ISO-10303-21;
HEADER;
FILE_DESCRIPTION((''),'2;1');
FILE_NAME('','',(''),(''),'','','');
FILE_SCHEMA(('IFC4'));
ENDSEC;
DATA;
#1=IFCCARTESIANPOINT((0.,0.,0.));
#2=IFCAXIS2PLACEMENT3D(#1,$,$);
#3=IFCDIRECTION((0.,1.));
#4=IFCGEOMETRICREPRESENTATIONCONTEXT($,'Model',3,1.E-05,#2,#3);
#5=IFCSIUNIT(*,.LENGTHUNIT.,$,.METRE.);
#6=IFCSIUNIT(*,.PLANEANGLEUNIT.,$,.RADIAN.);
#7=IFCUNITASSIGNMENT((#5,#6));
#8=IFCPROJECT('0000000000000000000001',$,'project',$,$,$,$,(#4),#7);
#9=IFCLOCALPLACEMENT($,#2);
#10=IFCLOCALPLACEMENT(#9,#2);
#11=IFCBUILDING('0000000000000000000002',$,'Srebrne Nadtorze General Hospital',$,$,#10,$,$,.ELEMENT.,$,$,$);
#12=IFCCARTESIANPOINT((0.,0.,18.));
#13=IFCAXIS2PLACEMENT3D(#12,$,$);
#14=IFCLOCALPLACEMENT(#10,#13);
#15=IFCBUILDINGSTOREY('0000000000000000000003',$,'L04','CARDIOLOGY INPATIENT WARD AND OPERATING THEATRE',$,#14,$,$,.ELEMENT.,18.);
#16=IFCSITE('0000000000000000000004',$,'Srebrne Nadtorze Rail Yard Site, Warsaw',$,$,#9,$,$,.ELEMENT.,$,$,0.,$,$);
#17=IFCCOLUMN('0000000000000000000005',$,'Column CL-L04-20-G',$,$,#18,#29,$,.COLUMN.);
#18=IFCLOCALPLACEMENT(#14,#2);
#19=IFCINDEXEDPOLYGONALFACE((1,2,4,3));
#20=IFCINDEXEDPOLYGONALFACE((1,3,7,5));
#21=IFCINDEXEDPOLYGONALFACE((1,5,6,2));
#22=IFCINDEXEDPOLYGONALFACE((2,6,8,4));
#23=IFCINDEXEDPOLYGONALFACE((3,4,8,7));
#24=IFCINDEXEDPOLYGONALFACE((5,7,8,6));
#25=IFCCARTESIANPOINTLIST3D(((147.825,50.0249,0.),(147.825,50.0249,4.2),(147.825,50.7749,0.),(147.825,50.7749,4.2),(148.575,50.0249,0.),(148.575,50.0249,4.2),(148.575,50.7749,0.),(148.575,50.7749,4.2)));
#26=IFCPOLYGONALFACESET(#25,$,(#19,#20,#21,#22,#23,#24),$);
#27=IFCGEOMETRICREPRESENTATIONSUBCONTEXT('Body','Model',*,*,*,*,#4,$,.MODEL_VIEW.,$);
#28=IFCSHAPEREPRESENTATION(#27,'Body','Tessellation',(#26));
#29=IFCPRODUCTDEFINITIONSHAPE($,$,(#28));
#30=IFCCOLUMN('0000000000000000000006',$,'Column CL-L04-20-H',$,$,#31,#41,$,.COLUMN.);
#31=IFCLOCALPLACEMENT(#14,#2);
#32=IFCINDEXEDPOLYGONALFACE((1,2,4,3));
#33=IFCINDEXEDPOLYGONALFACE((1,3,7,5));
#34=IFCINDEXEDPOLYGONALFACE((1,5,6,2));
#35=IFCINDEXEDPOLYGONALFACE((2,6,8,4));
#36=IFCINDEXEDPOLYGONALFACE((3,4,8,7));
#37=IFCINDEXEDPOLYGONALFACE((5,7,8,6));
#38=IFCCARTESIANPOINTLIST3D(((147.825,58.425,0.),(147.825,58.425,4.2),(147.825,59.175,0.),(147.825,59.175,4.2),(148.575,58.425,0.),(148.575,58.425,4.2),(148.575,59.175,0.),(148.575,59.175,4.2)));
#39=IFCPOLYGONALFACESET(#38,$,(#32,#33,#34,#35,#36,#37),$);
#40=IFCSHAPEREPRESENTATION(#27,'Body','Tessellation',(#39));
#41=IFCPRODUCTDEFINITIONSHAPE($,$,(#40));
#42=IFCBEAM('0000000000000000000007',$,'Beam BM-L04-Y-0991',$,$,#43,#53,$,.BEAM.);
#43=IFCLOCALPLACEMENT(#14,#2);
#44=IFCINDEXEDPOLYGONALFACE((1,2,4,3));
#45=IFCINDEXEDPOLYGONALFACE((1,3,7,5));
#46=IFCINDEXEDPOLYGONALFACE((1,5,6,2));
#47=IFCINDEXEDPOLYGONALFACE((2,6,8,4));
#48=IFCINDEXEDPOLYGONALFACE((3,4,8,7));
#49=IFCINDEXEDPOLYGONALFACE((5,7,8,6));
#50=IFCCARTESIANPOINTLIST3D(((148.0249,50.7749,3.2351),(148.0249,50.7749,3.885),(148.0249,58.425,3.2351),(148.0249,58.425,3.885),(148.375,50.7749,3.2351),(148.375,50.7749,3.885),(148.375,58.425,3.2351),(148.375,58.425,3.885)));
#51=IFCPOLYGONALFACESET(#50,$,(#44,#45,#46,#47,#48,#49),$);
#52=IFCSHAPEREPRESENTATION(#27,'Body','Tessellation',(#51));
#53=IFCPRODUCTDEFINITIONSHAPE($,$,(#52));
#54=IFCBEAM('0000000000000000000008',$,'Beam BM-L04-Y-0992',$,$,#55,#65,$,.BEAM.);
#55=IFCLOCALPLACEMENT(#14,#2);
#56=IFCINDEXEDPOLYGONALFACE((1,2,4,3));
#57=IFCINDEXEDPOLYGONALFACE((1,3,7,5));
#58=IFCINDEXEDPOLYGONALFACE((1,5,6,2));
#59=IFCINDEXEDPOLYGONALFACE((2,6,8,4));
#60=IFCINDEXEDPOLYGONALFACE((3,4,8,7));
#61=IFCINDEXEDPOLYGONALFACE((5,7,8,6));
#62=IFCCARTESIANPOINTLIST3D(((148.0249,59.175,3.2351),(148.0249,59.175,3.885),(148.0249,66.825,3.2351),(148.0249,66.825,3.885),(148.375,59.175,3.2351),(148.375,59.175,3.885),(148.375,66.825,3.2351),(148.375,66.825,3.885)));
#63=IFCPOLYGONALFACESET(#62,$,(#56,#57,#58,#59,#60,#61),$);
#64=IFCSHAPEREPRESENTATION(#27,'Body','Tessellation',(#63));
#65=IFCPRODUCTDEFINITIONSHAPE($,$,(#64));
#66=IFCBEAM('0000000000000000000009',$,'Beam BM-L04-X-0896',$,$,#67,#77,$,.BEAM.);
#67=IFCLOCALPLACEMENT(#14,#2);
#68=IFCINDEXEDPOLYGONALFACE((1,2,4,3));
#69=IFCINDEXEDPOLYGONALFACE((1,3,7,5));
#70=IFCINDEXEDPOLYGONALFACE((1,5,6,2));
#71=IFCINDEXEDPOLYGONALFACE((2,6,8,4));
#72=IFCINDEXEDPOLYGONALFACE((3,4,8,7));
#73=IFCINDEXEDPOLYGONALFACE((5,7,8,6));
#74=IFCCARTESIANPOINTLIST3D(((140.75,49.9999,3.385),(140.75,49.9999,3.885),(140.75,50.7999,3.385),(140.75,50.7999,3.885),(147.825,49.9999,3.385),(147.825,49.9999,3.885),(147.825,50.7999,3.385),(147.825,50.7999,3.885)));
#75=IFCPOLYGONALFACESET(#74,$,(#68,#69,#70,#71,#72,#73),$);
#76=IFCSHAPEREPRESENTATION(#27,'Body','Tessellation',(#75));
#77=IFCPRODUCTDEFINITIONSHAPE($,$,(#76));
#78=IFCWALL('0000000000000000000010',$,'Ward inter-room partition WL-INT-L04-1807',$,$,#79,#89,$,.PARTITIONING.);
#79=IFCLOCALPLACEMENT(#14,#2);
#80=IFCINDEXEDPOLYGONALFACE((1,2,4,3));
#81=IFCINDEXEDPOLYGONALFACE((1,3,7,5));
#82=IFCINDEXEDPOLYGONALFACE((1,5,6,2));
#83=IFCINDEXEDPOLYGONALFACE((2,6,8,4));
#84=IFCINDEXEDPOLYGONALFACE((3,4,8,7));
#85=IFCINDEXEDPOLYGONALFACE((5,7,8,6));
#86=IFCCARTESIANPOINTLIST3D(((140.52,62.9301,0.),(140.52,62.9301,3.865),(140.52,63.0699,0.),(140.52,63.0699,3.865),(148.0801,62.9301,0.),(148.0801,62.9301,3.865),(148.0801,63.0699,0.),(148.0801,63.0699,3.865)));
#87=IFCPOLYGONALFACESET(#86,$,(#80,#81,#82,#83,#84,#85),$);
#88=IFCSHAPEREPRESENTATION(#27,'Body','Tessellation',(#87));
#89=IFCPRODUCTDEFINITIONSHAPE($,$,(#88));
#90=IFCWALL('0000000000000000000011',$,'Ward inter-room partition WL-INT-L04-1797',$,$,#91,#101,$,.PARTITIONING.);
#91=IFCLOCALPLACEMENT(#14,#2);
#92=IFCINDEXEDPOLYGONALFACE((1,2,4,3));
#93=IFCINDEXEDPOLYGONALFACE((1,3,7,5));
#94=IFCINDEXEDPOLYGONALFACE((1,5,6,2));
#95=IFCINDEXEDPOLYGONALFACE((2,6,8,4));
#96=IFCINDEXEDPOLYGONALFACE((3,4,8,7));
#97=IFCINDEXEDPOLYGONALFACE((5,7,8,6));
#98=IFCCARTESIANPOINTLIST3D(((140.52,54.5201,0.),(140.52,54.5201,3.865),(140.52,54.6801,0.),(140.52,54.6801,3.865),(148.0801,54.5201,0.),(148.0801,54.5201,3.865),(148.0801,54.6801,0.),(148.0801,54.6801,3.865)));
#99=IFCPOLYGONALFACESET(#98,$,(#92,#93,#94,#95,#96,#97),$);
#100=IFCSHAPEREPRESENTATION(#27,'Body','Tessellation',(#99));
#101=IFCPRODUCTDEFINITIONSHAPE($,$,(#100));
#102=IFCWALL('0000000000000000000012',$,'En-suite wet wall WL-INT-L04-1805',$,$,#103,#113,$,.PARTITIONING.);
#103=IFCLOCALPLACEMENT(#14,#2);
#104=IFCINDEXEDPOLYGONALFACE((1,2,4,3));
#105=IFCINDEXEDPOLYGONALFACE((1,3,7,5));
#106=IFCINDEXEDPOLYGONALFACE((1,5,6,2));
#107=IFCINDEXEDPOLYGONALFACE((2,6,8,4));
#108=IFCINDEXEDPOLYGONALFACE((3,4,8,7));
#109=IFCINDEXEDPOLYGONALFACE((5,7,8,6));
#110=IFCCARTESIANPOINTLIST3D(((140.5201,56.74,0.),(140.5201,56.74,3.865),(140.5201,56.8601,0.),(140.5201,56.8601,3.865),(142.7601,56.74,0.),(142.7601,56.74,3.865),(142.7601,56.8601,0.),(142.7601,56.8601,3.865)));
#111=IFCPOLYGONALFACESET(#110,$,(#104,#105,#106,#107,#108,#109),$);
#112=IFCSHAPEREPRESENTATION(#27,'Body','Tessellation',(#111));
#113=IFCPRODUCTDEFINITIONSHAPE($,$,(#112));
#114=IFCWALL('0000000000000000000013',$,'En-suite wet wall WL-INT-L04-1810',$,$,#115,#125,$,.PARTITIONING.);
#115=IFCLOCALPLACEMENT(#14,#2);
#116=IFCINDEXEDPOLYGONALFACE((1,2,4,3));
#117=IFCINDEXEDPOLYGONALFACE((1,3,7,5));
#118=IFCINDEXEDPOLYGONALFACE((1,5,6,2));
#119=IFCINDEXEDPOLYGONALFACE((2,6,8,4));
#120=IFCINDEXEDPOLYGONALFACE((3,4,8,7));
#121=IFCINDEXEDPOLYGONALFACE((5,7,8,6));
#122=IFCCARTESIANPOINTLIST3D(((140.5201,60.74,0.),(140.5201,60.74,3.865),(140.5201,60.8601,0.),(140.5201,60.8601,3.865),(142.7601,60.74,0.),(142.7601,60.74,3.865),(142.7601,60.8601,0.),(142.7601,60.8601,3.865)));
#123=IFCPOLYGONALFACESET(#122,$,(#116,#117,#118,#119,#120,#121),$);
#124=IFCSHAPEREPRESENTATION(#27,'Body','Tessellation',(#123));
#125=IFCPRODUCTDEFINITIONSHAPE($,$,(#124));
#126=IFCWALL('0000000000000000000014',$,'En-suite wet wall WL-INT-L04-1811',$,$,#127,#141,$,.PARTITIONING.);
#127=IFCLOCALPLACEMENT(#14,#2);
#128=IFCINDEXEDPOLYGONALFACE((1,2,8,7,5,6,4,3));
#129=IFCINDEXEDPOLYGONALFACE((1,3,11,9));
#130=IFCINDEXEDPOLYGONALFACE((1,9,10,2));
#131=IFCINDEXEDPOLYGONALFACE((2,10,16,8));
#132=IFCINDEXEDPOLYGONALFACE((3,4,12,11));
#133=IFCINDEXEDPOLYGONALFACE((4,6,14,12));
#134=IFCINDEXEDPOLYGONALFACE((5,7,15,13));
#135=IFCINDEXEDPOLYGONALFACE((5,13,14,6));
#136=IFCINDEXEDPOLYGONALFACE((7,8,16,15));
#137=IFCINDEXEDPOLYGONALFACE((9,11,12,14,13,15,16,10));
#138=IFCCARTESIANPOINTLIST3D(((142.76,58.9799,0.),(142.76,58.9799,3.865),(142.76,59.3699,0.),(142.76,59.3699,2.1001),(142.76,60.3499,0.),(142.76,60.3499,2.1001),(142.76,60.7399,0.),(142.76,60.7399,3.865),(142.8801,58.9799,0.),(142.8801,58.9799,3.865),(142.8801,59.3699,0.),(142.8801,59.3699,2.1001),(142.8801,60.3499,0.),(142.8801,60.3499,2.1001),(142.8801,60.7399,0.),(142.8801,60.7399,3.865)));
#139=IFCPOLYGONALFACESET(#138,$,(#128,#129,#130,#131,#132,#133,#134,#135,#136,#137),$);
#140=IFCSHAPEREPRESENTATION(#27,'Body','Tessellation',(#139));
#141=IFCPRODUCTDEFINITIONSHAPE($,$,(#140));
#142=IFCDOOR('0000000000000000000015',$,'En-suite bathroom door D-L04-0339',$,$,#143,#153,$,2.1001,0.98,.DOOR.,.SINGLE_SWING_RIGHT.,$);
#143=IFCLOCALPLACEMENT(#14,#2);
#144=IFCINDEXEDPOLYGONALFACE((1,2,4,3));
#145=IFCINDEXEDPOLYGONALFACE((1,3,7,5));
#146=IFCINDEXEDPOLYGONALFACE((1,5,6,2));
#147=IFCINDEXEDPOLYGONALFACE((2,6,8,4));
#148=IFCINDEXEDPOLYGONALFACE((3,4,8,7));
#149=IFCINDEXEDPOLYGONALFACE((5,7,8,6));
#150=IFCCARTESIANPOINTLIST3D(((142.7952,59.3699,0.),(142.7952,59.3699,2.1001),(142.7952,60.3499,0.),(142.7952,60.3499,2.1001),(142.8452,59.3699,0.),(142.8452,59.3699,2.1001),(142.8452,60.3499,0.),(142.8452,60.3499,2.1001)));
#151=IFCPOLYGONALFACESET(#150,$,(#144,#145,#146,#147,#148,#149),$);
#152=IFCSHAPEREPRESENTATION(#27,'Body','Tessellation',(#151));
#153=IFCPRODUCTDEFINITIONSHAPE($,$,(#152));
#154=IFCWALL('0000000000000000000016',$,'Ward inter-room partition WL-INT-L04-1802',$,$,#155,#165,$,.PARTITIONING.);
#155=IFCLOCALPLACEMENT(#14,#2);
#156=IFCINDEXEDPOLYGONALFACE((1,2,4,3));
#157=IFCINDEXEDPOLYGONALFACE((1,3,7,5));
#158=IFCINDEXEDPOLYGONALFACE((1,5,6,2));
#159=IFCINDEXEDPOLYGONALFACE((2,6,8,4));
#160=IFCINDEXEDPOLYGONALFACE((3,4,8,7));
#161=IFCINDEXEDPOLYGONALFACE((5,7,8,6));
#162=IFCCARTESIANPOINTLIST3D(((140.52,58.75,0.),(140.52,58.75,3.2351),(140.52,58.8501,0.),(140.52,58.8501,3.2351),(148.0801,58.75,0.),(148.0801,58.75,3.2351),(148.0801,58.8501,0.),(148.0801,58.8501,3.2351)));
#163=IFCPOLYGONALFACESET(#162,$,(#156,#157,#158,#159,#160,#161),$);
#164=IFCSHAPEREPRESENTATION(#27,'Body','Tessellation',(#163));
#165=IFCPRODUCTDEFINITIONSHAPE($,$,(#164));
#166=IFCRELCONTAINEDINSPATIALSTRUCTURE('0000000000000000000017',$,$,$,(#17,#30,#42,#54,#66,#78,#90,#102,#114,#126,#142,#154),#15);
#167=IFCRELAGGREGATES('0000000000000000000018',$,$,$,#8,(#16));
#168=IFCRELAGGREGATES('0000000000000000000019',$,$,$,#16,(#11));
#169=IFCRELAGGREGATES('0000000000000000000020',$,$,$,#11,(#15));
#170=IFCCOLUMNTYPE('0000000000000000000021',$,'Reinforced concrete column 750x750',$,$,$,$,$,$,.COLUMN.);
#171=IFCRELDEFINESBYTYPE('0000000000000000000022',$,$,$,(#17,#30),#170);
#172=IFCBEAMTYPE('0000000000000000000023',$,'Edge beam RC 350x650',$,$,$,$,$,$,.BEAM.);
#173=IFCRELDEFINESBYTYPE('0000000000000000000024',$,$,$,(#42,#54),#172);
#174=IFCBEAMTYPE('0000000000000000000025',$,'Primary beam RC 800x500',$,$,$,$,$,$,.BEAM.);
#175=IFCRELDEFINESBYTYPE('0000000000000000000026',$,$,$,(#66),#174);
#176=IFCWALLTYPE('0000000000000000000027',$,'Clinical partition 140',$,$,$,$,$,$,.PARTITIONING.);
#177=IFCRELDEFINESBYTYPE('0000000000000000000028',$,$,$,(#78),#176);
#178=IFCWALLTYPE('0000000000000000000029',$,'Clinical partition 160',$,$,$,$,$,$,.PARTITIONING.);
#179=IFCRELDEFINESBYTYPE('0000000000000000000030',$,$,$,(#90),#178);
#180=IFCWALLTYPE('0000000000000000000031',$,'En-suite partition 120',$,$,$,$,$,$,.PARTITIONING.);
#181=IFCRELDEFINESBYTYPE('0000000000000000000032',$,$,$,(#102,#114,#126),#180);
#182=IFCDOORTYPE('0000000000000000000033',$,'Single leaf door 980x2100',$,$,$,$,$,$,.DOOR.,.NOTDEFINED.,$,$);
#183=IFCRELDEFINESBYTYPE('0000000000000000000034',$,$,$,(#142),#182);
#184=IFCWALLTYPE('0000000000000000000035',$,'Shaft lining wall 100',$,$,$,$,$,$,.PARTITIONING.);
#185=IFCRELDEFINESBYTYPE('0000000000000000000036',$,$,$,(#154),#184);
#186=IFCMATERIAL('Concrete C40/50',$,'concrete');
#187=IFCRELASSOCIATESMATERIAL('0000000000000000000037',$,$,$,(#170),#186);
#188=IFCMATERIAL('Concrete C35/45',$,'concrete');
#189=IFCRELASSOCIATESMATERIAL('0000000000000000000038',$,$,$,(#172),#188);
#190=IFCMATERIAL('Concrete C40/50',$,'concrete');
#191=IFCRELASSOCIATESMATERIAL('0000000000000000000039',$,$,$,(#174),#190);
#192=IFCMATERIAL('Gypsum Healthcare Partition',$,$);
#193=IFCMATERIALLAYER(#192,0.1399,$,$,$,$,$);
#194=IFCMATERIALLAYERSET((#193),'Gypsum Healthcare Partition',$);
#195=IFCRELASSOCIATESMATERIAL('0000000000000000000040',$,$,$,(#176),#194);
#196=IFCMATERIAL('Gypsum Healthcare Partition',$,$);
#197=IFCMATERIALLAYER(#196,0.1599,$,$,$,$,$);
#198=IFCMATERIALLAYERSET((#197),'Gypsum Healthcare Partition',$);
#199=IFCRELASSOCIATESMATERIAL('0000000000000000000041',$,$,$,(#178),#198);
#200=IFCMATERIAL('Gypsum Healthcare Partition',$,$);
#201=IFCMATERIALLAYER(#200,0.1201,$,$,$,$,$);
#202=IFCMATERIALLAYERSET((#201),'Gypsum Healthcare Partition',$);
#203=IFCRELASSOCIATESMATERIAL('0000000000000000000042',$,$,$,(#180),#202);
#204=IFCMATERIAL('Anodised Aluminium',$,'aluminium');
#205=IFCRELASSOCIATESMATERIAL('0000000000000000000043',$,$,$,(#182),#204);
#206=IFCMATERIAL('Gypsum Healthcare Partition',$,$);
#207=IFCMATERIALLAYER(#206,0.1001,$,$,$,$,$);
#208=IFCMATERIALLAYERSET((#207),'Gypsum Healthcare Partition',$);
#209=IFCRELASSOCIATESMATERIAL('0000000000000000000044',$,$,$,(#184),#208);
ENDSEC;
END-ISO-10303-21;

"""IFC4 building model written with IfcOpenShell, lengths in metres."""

from ifc_helpers import new_model, si_unit, direction, frame, frame_2d, origin, origin_2d, place, context, subcontext, project, spatial, rectangle, extrude, material, layer, layer_set, material_profile, profile_set, type_object, element, fill, save


model = new_model("IFC4")

# Units and contexts
model_context = context("Model", 3, precision=1e-05, world=origin(), true_north=direction((0.0, 1.0)))
body_context = subcontext(model_context, "Body", "Model", "MODEL_VIEW")
ifc_project = project(units=[si_unit("LENGTHUNIT", "METRE"), si_unit("PLANEANGLEUNIT", "RADIAN")], contexts=[model_context])

# Site, building, storey
site_placement = place(None, origin())
site = spatial("IfcSite", under=ifc_project, at=site_placement, Name="Srebrne Nadtorze Rail Yard Site, Warsaw", CompositionType="ELEMENT", RefElevation=0.0)
building_placement = place(site_placement, origin())
building = spatial("IfcBuilding", under=site, at=building_placement, Name="Srebrne Nadtorze General Hospital", CompositionType="ELEMENT")
storey_placement = place(building_placement, frame((0.0, 0.0, 18.0)))
storey = spatial("IfcBuildingStorey", under=building, at=storey_placement, Name="L04", Description="CARDIOLOGY INPATIENT WARD AND OPERATING THEATRE", CompositionType="ELEMENT", Elevation=18.0)

# Columns
ifc_material_1 = material(Name="Concrete C40/50", Category="concrete")
ifc_material_profile_1 = material_profile(ifc_material_1, rectangle(XDim=0.75, YDim=0.75, at=origin_2d()), Name="RC-COL-750x750")
ifc_profile_set_1 = profile_set([ifc_material_profile_1], Name="Concrete C40/50")
column_type = type_object("IfcColumnType", Name="Reinforced concrete column 750x750", PredefinedType="COLUMN", material=ifc_profile_set_1)
for number, where, z_axis, x_axis, name in (
    (1, (148.2, 50.3999, 0.0), (0.0, 0.0, 1.0), (1.0, 0.0, 0.0), "Column CL-L04-20-G"),
    (2, (148.2, 58.8, 0.0), (0.0, 0.0, 1.0), (1.0, 0.0, 0.0), "Column CL-L04-20-H"),
):
    element("IfcColumn", number, at=place(storey_placement, frame(where, z_axis=z_axis, x_axis=x_axis)), inside=storey, type_object=column_type, Name=name, PredefinedType="COLUMN", context=body_context, shape_type="SweptSolid", body=[
        extrude(rectangle(XDim=0.75, YDim=0.75, at=origin_2d()), origin(), (0.0, 0.0, 1.0), 4.2),
    ])

# Beams
ifc_material_2 = material(Name="Concrete C35/45", Category="concrete")
ifc_material_profile_2 = material_profile(ifc_material_2, rectangle(XDim=0.3501, YDim=0.6499, at=origin_2d()), Name="RC-BM-350x650")
ifc_profile_set_2 = profile_set([ifc_material_profile_2], Name="Concrete C35/45")
beam_type_1 = type_object("IfcBeamType", Name="Edge beam RC 350x650", PredefinedType="BEAM", material=ifc_profile_set_2)
beam_1_placement = place(storey_placement, frame((148.2, 50.7749, 3.5601), z_axis=(0.0, 1.0, 0.0), x_axis=(-1.0, 0.0, 0.0)))
element("IfcBeam", 3, at=beam_1_placement, inside=storey, type_object=beam_type_1, Name="Beam BM-L04-Y-0991", PredefinedType="BEAM", context=body_context, shape_type="SweptSolid", body=[
    extrude(rectangle(XDim=0.3501, YDim=0.6499, at=origin_2d()), origin(), (0.0, 0.0, 1.0), 7.6501),
])
beam_2_placement = place(storey_placement, frame((148.2, 59.175, 3.5601), z_axis=(0.0, 1.0, 0.0), x_axis=(-1.0, 0.0, 0.0)))
element("IfcBeam", 4, at=beam_2_placement, inside=storey, type_object=beam_type_1, Name="Beam BM-L04-Y-0992", PredefinedType="BEAM", context=body_context, shape_type="SweptSolid", body=[
    extrude(rectangle(XDim=0.3501, YDim=0.6499, at=origin_2d()), origin(), (0.0, 0.0, 1.0), 7.6499),
])
ifc_material_3 = material(Name="Concrete C40/50", Category="concrete")
ifc_material_profile_3 = material_profile(ifc_material_3, rectangle(XDim=0.8, YDim=0.5, at=origin_2d()), Name="RC-BM-800x500")
ifc_profile_set_3 = profile_set([ifc_material_profile_3], Name="Concrete C40/50")
beam_type_2 = type_object("IfcBeamType", Name="Primary beam RC 800x500", PredefinedType="BEAM", material=ifc_profile_set_3)
beam_3_placement = place(storey_placement, frame((140.75, 50.3999, 3.635), z_axis=(1.0, 0.0, 0.0), x_axis=(0.0, 1.0, 0.0)))
element("IfcBeam", 5, at=beam_3_placement, inside=storey, type_object=beam_type_2, Name="Beam BM-L04-X-0896", PredefinedType="BEAM", context=body_context, shape_type="SweptSolid", body=[
    extrude(rectangle(XDim=0.8, YDim=0.5, at=origin_2d()), origin(), (0.0, 0.0, 1.0), 7.075),
])

# Walls
ifc_material_4 = material(Name="Gypsum Healthcare Partition")
ifc_layer_1 = layer(ifc_material_4, 0.1399)
ifc_layer_set_1 = layer_set([ifc_layer_1], Name="Gypsum Healthcare Partition")
wall_type_1 = type_object("IfcWallType", Name="Clinical partition 140", PredefinedType="PARTITIONING", material=ifc_layer_set_1)
wall_1_placement = place(storey_placement, frame((140.52, 63.0, 0.0), z_axis=(0.0, 0.0, 1.0), x_axis=(1.0, 0.0, 0.0)))
element("IfcWall", 6, at=wall_1_placement, inside=storey, type_object=wall_type_1, Name="Ward inter-room partition WL-INT-L04-1807", PredefinedType="PARTITIONING", context=body_context, shape_type="SweptSolid", body=[
    extrude(rectangle(XDim=7.5601, YDim=0.1399, at=frame_2d((3.78, 0.0))), origin(), (0.0, 0.0, 1.0), 3.865),
])
ifc_material_5 = material(Name="Gypsum Healthcare Partition")
ifc_layer_2 = layer(ifc_material_5, 0.1599)
ifc_layer_set_2 = layer_set([ifc_layer_2], Name="Gypsum Healthcare Partition")
wall_type_2 = type_object("IfcWallType", Name="Clinical partition 160", PredefinedType="PARTITIONING", material=ifc_layer_set_2)
wall_2_placement = place(storey_placement, frame((140.52, 54.6001, 0.0), z_axis=(0.0, 0.0, 1.0), x_axis=(1.0, 0.0, 0.0)))
element("IfcWall", 7, at=wall_2_placement, inside=storey, type_object=wall_type_2, Name="Ward inter-room partition WL-INT-L04-1797", PredefinedType="PARTITIONING", context=body_context, shape_type="SweptSolid", body=[
    extrude(rectangle(XDim=7.5601, YDim=0.1599, at=frame_2d((3.78, 0.0))), origin(), (0.0, 0.0, 1.0), 3.865),
])

# Shared definitions
ifc_material_6 = material(Name="Gypsum Healthcare Partition")
ifc_layer_3 = layer(ifc_material_6, 0.1201)
ifc_layer_set_3 = layer_set([ifc_layer_3], Name="Gypsum Healthcare Partition")
wall_type_3 = type_object("IfcWallType", Name="En-suite partition 120", PredefinedType="PARTITIONING", material=ifc_layer_set_3)

# Wall
wall_3_placement = place(storey_placement, frame((140.52, 56.8, 0.0), z_axis=(0.0, 0.0, 1.0), x_axis=(1.0, 0.0, 0.0)))
element("IfcWall", 8, at=wall_3_placement, inside=storey, type_object=wall_type_3, Name="En-suite wet wall WL-INT-L04-1805", PredefinedType="PARTITIONING", context=body_context, shape_type="SweptSolid", body=[
    extrude(rectangle(XDim=2.24, YDim=0.1201, at=frame_2d((1.1201, 0.0))), origin(), (0.0, 0.0, 1.0), 3.865),
])

# Wall
wall_4_placement = place(storey_placement, frame((140.52, 60.8, 0.0), z_axis=(0.0, 0.0, 1.0), x_axis=(1.0, 0.0, 0.0)))
element("IfcWall", 9, at=wall_4_placement, inside=storey, type_object=wall_type_3, Name="En-suite wet wall WL-INT-L04-1810", PredefinedType="PARTITIONING", context=body_context, shape_type="SweptSolid", body=[
    extrude(rectangle(XDim=2.24, YDim=0.1201, at=frame_2d((1.1201, 0.0))), origin(), (0.0, 0.0, 1.0), 3.865),
])

# Wall, opening, door
wall_5_placement = place(storey_placement, frame((142.8201, 58.98, 0.0), z_axis=(0.0, 0.0, 1.0), x_axis=(0.0, 1.0, 0.0)))
wall_5 = element("IfcWall", 10, at=wall_5_placement, inside=storey, type_object=wall_type_3, Name="En-suite wet wall WL-INT-L04-1811", PredefinedType="PARTITIONING", context=body_context, shape_type="SweptSolid", body=[
    extrude(rectangle(XDim=1.76, YDim=0.1201, at=frame_2d((0.8799, 0.0))), origin(), (0.0, 0.0, 1.0), 3.865),
])
opening_1_placement = place(wall_5_placement, frame((0.3899, 0.0, 0.0)))
opening_1 = element("IfcOpeningElement", 11, at=opening_1_placement, cuts=wall_5, PredefinedType="OPENING", context=body_context, shape_type="SweptSolid", body=[
    extrude(rectangle(XDim=0.98, YDim=2.1001, at=frame_2d((0.49, 1.05))), frame((0.0, 0.072, 0.0), z_axis=(0.0, -1.0, 0.0), x_axis=(1.0, 0.0, 0.0)), (0.0, 0.0, 1.0), 0.144),
])
ifc_material_7 = material(Name="Anodised Aluminium", Category="aluminium")
door_type_1 = type_object("IfcDoorType", Name="Single leaf door 980x2100", OperationType="NOTDEFINED", PredefinedType="DOOR", material=ifc_material_7)
door_1_placement = place(opening_1_placement, origin())
door_1 = element("IfcDoor", 12, at=door_1_placement, inside=storey, type_object=door_type_1, Name="En-suite bathroom door D-L04-0339", OperationType="SINGLE_SWING_RIGHT", OverallHeight=2.1001, OverallWidth=0.98, PredefinedType="DOOR", context=body_context, shape_type="SweptSolid", body=[
    extrude(rectangle(XDim=0.98, YDim=2.1001, at=frame_2d((0.49, 1.05))), frame((0.0, 0.0249, 0.0), z_axis=(0.0, -1.0, 0.0), x_axis=(1.0, 0.0, 0.0)), (0.0, 0.0, 1.0), 0.05),
])
fill(opening_1, door_1)

# Wall
ifc_material_8 = material(Name="Gypsum Healthcare Partition")
ifc_layer_4 = layer(ifc_material_8, 0.1001)
ifc_layer_set_4 = layer_set([ifc_layer_4], Name="Gypsum Healthcare Partition")
wall_type_4 = type_object("IfcWallType", Name="Shaft lining wall 100", PredefinedType="PARTITIONING", material=ifc_layer_set_4)
wall_6_placement = place(storey_placement, frame((140.52, 58.8, 0.0), z_axis=(0.0, 0.0, 1.0), x_axis=(1.0, 0.0, 0.0)))
element("IfcWall", 13, at=wall_6_placement, inside=storey, type_object=wall_type_4, Name="Ward inter-room partition WL-INT-L04-1802", PredefinedType="PARTITIONING", context=body_context, shape_type="SweptSolid", body=[
    extrude(rectangle(XDim=7.5601, YDim=0.1001, at=frame_2d((3.78, 0.0))), origin(), (0.0, 0.0, 1.0), 3.2351),
])

save(model, "model.ifc")
